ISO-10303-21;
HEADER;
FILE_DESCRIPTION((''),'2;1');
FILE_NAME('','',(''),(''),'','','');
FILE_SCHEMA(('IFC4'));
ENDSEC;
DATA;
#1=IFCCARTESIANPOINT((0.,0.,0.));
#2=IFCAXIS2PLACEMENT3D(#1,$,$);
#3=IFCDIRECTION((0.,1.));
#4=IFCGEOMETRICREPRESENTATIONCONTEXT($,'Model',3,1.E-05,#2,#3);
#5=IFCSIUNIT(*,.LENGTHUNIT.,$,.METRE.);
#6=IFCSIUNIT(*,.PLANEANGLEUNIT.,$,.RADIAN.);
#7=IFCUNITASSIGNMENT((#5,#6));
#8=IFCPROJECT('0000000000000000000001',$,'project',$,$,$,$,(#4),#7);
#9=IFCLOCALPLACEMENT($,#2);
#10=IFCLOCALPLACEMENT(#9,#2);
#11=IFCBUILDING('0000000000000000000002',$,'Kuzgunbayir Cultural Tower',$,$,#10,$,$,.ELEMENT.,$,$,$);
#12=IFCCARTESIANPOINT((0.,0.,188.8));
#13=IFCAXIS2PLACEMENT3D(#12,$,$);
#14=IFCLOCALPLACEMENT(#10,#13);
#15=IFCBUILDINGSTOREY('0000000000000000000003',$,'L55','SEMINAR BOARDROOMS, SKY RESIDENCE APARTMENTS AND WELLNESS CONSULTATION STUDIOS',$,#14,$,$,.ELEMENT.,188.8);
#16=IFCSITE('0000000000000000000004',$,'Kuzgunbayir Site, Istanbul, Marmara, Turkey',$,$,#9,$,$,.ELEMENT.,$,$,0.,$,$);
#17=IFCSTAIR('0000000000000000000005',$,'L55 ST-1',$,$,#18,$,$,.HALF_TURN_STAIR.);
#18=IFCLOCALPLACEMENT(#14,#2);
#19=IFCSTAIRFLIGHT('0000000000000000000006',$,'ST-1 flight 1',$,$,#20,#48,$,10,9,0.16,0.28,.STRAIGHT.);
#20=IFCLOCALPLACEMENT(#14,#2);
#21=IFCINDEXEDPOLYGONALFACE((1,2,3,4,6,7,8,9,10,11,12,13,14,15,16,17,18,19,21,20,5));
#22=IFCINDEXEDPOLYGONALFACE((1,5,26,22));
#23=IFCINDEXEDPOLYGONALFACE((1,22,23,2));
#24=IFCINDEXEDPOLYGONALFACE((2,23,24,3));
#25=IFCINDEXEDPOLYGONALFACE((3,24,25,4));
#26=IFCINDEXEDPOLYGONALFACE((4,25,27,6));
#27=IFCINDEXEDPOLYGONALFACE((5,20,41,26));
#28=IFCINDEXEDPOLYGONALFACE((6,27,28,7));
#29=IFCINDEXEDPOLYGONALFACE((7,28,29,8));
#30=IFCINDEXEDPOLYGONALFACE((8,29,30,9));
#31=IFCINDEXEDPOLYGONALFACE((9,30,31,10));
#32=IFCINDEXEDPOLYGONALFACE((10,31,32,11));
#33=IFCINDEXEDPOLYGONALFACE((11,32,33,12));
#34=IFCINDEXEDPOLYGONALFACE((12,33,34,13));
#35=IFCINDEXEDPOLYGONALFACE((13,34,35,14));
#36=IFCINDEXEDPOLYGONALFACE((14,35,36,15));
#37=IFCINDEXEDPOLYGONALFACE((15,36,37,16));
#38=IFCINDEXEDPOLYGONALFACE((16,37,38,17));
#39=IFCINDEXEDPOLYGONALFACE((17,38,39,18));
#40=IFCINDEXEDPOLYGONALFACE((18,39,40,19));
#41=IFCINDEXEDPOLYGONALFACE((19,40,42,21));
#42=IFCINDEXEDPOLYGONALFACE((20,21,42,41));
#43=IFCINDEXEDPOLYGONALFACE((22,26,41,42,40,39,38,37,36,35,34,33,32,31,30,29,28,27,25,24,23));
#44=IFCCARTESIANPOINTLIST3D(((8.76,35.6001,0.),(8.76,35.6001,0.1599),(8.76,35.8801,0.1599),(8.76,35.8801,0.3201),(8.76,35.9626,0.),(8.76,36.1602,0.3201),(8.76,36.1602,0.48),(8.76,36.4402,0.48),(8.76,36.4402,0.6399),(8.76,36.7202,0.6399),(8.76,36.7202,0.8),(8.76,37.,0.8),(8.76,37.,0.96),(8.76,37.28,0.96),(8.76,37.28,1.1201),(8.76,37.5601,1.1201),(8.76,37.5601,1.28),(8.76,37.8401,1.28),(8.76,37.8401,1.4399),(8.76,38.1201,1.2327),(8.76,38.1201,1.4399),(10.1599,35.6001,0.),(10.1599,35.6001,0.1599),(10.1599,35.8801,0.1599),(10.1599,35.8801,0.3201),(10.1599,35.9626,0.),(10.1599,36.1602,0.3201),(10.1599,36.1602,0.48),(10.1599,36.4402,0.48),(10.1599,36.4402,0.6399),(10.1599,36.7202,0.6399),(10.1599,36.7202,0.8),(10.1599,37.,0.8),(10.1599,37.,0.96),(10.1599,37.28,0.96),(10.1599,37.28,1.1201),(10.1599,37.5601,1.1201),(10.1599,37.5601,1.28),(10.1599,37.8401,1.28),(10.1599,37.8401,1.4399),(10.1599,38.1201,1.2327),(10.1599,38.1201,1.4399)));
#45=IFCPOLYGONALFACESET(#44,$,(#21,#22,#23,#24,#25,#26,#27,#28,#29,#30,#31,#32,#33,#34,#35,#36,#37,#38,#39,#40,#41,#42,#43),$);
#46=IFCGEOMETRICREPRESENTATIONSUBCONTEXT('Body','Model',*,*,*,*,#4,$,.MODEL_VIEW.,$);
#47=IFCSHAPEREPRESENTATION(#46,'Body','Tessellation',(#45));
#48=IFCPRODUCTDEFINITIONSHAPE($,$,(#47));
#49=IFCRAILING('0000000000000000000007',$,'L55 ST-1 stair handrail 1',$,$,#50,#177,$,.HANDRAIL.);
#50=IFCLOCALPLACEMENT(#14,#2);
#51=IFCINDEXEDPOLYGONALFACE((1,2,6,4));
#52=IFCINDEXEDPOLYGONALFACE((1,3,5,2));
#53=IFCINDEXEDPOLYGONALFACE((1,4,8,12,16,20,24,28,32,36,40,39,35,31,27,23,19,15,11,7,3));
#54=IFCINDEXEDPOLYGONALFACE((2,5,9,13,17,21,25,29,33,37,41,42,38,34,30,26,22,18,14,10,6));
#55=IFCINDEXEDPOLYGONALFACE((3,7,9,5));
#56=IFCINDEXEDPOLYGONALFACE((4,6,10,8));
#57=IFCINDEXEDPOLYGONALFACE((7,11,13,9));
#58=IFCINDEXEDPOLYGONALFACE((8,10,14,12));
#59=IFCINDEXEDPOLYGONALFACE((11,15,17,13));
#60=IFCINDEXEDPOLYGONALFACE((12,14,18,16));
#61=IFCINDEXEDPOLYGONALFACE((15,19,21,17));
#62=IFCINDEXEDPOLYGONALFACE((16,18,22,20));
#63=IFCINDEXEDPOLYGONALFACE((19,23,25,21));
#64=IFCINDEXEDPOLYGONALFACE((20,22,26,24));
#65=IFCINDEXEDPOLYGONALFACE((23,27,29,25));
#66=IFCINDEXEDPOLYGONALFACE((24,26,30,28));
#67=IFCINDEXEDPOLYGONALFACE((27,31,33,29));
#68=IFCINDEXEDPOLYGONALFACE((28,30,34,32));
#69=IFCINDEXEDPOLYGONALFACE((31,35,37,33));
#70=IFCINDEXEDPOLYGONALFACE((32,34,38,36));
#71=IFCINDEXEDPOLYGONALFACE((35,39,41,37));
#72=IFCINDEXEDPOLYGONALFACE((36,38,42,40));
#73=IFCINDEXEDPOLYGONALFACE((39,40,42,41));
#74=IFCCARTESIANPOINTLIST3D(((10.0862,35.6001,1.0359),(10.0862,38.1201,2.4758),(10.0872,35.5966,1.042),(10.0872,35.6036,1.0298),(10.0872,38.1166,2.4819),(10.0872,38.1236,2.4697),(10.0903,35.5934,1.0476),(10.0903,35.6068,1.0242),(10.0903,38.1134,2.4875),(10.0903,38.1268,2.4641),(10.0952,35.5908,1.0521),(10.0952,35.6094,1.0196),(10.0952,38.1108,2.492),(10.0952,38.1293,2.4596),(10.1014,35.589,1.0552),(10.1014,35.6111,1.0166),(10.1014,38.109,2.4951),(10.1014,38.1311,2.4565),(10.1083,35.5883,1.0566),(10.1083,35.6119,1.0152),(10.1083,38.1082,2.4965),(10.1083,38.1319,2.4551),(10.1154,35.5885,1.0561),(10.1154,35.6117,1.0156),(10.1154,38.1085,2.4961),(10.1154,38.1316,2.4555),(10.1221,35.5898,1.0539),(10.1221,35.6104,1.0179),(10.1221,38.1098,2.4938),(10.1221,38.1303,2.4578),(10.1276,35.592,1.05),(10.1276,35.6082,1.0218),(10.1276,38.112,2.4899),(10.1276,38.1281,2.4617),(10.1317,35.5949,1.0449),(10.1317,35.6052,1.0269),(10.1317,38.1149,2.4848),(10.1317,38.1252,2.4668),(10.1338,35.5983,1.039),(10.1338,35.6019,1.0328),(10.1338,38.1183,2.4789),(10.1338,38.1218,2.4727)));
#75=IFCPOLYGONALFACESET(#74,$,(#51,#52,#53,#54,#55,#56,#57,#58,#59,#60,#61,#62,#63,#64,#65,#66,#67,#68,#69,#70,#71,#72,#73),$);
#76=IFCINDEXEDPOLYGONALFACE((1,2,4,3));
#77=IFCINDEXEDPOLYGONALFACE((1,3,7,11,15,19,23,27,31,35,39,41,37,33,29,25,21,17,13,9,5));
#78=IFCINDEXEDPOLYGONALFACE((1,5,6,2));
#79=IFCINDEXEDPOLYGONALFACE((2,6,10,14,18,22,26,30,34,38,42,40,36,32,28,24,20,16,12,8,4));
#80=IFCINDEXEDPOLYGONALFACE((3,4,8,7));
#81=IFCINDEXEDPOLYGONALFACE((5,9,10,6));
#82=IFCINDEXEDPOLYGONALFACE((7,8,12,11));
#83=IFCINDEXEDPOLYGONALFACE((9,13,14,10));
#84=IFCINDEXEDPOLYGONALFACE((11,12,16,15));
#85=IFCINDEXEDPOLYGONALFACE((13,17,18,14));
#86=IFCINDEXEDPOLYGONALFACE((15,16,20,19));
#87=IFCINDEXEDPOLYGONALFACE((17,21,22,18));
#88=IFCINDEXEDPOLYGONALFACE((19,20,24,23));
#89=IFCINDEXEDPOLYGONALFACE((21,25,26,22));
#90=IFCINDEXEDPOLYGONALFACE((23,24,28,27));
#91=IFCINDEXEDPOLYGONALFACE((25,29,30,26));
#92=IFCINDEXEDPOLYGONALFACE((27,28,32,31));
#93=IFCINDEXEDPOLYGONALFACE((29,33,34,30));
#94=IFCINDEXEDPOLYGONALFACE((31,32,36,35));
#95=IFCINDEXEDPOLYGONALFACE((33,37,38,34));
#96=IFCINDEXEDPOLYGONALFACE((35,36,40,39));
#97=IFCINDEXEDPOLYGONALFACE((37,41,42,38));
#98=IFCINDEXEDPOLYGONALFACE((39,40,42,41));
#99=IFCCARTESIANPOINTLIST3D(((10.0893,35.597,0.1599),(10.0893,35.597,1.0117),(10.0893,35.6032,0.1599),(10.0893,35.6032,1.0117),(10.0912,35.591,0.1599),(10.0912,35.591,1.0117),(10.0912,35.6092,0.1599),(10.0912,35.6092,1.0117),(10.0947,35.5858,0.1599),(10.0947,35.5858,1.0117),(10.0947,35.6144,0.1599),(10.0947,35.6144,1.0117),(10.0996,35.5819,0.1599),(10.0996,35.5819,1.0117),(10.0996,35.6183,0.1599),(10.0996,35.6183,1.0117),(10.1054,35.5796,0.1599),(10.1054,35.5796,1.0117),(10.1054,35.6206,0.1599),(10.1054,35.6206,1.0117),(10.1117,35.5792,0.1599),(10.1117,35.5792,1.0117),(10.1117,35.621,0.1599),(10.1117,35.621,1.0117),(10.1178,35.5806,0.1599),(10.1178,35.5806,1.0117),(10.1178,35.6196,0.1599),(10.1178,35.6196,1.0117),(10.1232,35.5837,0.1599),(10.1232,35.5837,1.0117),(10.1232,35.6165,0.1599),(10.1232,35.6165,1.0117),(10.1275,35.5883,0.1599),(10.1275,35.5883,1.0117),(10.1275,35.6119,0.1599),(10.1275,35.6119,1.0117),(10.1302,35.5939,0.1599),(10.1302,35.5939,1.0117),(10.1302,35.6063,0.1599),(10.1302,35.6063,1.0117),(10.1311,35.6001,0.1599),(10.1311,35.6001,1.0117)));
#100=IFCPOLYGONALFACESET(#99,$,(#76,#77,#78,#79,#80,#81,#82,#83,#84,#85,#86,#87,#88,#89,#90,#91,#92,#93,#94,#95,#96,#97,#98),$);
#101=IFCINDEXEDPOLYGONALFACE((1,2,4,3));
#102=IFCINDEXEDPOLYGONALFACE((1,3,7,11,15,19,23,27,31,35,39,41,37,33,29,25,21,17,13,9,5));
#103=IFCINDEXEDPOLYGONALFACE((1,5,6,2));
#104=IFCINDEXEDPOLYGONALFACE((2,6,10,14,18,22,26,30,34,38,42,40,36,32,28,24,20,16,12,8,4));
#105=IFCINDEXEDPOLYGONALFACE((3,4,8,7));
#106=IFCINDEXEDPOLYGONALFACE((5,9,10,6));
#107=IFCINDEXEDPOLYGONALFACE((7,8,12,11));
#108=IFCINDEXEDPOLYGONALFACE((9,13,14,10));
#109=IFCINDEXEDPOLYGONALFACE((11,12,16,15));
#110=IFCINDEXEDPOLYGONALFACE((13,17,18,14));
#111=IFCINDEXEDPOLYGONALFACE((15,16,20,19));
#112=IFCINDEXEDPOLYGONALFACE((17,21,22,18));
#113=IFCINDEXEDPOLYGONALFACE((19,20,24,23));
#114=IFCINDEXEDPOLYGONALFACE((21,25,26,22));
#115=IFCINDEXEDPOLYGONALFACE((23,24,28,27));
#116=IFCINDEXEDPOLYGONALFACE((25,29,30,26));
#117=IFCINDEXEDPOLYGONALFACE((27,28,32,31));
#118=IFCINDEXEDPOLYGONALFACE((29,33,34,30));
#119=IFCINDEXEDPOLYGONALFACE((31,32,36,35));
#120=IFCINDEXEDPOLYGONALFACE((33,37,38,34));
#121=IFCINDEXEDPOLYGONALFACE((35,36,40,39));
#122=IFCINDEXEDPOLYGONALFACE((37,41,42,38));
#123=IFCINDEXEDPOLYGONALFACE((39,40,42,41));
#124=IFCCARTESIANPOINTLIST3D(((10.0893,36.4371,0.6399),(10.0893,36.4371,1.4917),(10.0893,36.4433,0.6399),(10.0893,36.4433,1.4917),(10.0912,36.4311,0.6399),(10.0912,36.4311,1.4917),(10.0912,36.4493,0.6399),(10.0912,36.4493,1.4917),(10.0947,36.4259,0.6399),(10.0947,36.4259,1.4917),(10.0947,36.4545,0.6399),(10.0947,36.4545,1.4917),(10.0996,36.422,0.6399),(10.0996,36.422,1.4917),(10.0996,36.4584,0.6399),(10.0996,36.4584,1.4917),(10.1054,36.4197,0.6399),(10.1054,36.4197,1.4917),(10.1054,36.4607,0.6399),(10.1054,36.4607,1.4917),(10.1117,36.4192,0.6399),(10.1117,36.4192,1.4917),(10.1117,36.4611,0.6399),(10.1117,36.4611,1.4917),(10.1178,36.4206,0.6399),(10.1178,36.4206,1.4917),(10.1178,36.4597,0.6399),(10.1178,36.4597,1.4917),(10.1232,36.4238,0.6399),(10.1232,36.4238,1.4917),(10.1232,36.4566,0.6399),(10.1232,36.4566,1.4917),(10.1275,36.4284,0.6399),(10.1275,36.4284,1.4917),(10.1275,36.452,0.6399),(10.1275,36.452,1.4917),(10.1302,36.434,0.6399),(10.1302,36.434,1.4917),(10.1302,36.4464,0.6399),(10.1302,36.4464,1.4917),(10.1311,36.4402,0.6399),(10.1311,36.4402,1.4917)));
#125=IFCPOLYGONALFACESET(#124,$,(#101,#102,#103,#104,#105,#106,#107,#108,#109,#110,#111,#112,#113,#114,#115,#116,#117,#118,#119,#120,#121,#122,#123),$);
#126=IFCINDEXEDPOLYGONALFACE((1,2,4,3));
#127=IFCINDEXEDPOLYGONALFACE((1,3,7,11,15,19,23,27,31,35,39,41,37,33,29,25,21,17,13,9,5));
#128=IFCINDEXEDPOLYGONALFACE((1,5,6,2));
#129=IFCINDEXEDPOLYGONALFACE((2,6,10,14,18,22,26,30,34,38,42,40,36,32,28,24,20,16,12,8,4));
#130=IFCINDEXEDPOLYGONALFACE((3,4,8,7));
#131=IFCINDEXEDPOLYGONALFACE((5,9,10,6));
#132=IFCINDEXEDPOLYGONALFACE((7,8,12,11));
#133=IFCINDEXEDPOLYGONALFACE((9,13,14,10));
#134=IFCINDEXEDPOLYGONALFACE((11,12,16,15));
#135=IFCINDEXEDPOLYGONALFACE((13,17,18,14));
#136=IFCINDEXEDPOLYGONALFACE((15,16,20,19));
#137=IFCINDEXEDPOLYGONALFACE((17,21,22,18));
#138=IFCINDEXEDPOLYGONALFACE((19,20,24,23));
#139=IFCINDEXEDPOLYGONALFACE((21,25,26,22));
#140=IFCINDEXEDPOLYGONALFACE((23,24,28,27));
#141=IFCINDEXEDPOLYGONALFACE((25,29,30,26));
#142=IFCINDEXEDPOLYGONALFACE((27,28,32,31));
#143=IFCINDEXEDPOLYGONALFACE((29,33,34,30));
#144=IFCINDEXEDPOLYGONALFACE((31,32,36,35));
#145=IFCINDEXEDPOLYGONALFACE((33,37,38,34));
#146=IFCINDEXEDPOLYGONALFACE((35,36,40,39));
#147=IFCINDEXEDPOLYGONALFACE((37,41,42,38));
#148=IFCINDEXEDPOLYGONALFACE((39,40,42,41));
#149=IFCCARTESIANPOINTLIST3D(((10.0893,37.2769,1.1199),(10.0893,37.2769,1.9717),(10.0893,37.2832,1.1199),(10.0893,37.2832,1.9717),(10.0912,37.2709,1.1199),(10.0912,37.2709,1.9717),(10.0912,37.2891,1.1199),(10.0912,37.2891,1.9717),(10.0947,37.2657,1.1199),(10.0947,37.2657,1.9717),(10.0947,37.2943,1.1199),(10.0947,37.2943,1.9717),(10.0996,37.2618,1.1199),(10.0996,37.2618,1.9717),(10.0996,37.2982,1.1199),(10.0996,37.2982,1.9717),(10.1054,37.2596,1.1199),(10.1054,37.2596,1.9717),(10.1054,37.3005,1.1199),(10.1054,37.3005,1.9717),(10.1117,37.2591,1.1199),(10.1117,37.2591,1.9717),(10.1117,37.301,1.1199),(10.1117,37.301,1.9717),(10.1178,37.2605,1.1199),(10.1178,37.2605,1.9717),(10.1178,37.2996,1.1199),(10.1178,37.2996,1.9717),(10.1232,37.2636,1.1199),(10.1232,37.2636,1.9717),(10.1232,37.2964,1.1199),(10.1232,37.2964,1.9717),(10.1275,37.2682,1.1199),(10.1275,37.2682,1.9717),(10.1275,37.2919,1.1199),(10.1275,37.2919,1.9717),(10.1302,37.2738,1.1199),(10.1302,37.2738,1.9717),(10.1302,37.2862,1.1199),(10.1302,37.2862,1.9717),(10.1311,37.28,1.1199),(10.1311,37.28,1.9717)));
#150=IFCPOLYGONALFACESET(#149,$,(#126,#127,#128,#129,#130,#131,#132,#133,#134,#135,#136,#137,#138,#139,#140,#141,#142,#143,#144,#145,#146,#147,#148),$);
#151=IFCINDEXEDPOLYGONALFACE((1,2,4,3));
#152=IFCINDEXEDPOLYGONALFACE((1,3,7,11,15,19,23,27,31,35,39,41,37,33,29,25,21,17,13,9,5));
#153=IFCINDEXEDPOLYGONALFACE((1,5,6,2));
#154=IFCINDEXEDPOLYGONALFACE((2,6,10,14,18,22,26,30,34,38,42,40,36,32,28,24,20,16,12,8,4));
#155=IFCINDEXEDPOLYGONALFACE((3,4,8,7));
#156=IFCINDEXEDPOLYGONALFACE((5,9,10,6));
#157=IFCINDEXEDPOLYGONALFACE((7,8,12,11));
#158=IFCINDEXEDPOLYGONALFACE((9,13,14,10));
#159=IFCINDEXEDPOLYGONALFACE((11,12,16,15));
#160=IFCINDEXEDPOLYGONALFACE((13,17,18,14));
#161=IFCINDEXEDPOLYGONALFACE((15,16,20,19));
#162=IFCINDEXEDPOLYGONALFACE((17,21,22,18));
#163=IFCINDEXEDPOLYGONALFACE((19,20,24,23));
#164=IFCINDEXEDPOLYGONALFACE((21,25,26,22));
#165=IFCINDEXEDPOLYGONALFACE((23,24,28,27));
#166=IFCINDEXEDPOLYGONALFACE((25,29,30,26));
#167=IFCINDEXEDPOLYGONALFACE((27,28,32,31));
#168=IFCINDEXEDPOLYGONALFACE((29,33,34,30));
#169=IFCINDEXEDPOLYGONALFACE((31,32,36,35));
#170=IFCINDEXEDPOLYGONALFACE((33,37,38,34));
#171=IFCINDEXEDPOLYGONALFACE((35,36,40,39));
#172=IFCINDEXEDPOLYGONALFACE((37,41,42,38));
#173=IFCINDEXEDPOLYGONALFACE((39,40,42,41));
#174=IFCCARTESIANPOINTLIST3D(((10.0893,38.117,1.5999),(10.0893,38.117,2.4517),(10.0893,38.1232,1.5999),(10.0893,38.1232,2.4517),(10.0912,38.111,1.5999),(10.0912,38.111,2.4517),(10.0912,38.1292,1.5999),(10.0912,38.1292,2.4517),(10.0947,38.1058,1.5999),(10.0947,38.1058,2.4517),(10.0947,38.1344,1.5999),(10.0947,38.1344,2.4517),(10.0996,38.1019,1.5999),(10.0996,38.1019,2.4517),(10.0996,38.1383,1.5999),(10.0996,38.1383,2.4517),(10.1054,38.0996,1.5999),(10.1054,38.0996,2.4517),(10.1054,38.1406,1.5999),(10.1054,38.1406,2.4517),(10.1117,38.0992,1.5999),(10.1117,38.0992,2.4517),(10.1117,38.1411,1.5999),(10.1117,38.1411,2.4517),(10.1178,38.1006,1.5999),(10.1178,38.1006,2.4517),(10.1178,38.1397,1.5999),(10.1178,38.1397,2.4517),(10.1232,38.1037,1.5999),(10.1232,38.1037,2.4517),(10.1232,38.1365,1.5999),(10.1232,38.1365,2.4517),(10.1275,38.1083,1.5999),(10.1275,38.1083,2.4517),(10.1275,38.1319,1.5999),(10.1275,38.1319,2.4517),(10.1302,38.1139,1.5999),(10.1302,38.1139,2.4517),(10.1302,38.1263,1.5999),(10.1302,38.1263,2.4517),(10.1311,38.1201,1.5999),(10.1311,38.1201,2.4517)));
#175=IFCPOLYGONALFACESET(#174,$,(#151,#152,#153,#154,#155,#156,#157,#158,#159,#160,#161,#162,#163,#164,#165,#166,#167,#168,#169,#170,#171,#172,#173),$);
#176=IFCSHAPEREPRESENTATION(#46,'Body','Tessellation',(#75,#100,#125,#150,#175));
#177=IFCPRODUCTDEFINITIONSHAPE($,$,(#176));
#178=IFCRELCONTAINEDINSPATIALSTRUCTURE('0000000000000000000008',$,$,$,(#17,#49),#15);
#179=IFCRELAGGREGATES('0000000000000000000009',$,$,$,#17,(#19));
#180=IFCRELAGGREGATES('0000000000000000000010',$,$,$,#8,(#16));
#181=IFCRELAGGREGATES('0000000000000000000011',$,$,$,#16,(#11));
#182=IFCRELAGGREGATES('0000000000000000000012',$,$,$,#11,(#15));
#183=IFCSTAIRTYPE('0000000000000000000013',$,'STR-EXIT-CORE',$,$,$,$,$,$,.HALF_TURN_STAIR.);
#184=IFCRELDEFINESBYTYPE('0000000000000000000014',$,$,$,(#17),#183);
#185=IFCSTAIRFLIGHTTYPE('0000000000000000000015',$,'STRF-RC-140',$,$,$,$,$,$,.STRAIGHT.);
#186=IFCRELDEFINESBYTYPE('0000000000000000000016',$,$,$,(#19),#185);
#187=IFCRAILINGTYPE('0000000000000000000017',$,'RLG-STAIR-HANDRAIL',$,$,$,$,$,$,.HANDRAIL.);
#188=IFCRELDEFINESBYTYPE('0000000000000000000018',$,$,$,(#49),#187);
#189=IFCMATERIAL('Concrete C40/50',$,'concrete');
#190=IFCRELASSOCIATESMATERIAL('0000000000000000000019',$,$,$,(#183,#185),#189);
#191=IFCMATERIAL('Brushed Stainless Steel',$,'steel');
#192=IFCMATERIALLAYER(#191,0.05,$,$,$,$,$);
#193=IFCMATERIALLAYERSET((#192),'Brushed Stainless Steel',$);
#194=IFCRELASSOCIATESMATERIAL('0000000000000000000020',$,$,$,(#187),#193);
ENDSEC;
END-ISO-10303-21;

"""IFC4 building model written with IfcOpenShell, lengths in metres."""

from ifc_helpers import new_model, si_unit, direction, frame, origin, origin_2d, place, context, subcontext, project, spatial, polyline, circle, outline, extrude, material, layer, layer_set, type_object, element, aggregate, save


model = new_model("IFC4")

# Units and contexts
model_context = context("Model", 3, precision=1e-05, world=origin(), true_north=direction((0.0, 1.0)))
body_context = subcontext(model_context, "Body", "Model", "MODEL_VIEW")
ifc_project = project(units=[si_unit("LENGTHUNIT", "METRE"), si_unit("PLANEANGLEUNIT", "RADIAN")], contexts=[model_context])

# Site, building, storey
site_placement = place(None, origin())
site = spatial("IfcSite", under=ifc_project, at=site_placement, Name="Kuzgunbayir Site, Istanbul, Marmara, Turkey", CompositionType="ELEMENT", RefElevation=0.0)
building_placement = place(site_placement, origin())
building = spatial("IfcBuilding", under=site, at=building_placement, Name="Kuzgunbayir Cultural Tower", CompositionType="ELEMENT")
storey_placement = place(building_placement, frame((0.0, 0.0, 188.8)))
storey = spatial("IfcBuildingStorey", under=building, at=storey_placement, Name="L55", Description="SEMINAR BOARDROOMS, SKY RESIDENCE APARTMENTS AND WELLNESS CONSULTATION STUDIOS", CompositionType="ELEMENT", Elevation=188.8)

# Shared definitions
ifc_material_1 = material(Name="Concrete C40/50", Category="concrete")

# Shared definitions
ifc_material_2 = material(Name="Brushed Stainless Steel", Category="steel")

# Stair, stair flight
stair_type = type_object("IfcStairType", Name="STR-EXIT-CORE", PredefinedType="HALF_TURN_STAIR", material=ifc_material_1)
stair_placement = place(storey_placement, origin())
stair = element("IfcStair", 1, at=stair_placement, inside=storey, type_object=stair_type, Name="L55 ST-1", PredefinedType="HALF_TURN_STAIR")
stair_flight_type = type_object("IfcStairFlightType", Name="STRF-RC-140", PredefinedType="STRAIGHT", material=ifc_material_1)
stair_flight_placement = place(storey_placement, frame((9.46, 35.6001, 0.0), z_axis=(0.0, 0.0, 1.0), x_axis=(0.0, 1.0, 0.0)))
stair_flight = element("IfcStairFlight", 2, at=stair_flight_placement, type_object=stair_flight_type, Name="ST-1 flight 1", NumberOfRisers=10, NumberOfTreads=9, PredefinedType="STRAIGHT", RiserHeight=0.16, TreadLength=0.28, context=body_context, shape_type="SweptSolid", body=[
    extrude(outline(polyline([(0.0, 0.0), (0.0, 0.1599), (0.28, 0.1599), (0.28, 0.3201), (0.5601, 0.3201), (0.5601, 0.48), (0.8401, 0.48), (0.8401, 0.6399), (1.1201, 0.6399), (1.1201, 0.8), (1.3999, 0.8), (1.3999, 0.96), (1.6799, 0.96), (1.6799, 1.1201), (1.96, 1.1201), (1.96, 1.28), (2.24, 1.28), (2.24, 1.4399), (2.52, 1.4399), (2.52, 1.6001), (2.52, 1.2327), (0.3625, 0.0), (0.0, 0.0)])), frame((0.0, 0.7, 0.0), z_axis=(0.0, -1.0, 0.0), x_axis=(1.0, 0.0, 0.0)), (0.0, 0.0, 1.0), 1.3999),
])
aggregate(stair, [stair_flight])

# Railing
ifc_layer_1 = layer(ifc_material_2, 0.05)
ifc_layer_set_1 = layer_set([ifc_layer_1], Name="Brushed Stainless Steel")
railing_type_1 = type_object("IfcRailingType", Name="RLG-STAIR-HANDRAIL", PredefinedType="HANDRAIL", material=ifc_layer_set_1)
railing_1_placement = place(storey_placement, frame((10.1101, 35.6001, 0.1599)))
element("IfcRailing", 3, at=railing_1_placement, inside=storey, type_object=railing_type_1, Name="L55 ST-1 stair handrail 1", PredefinedType="HANDRAIL", context=body_context, shape_type="SweptSolid", body=[
    extrude(circle(Radius=0.0239, at=origin_2d()), frame((0.0, 0.0, 0.876), z_axis=(0.0, 0.868253, 0.496121), x_axis=(-1.0, 0.0, 0.0)), (0.0, 0.0, 1.0), 2.9023),
    extrude(circle(Radius=0.021, at=origin_2d()), origin(), (0.0, 0.0, 1.0), 0.8518),
    extrude(circle(Radius=0.021, at=origin_2d()), frame((0.0, 0.8401, 0.48)), (0.0, 0.0, 1.0), 0.8518),
    extrude(circle(Radius=0.021, at=origin_2d()), frame((0.0, 1.6799, 0.96)), (0.0, 0.0, 1.0), 0.8518),
    extrude(circle(Radius=0.021, at=origin_2d()), frame((0.0, 2.52, 1.4399)), (0.0, 0.0, 1.0), 0.8518),
])

save(model, "model.ifc")
